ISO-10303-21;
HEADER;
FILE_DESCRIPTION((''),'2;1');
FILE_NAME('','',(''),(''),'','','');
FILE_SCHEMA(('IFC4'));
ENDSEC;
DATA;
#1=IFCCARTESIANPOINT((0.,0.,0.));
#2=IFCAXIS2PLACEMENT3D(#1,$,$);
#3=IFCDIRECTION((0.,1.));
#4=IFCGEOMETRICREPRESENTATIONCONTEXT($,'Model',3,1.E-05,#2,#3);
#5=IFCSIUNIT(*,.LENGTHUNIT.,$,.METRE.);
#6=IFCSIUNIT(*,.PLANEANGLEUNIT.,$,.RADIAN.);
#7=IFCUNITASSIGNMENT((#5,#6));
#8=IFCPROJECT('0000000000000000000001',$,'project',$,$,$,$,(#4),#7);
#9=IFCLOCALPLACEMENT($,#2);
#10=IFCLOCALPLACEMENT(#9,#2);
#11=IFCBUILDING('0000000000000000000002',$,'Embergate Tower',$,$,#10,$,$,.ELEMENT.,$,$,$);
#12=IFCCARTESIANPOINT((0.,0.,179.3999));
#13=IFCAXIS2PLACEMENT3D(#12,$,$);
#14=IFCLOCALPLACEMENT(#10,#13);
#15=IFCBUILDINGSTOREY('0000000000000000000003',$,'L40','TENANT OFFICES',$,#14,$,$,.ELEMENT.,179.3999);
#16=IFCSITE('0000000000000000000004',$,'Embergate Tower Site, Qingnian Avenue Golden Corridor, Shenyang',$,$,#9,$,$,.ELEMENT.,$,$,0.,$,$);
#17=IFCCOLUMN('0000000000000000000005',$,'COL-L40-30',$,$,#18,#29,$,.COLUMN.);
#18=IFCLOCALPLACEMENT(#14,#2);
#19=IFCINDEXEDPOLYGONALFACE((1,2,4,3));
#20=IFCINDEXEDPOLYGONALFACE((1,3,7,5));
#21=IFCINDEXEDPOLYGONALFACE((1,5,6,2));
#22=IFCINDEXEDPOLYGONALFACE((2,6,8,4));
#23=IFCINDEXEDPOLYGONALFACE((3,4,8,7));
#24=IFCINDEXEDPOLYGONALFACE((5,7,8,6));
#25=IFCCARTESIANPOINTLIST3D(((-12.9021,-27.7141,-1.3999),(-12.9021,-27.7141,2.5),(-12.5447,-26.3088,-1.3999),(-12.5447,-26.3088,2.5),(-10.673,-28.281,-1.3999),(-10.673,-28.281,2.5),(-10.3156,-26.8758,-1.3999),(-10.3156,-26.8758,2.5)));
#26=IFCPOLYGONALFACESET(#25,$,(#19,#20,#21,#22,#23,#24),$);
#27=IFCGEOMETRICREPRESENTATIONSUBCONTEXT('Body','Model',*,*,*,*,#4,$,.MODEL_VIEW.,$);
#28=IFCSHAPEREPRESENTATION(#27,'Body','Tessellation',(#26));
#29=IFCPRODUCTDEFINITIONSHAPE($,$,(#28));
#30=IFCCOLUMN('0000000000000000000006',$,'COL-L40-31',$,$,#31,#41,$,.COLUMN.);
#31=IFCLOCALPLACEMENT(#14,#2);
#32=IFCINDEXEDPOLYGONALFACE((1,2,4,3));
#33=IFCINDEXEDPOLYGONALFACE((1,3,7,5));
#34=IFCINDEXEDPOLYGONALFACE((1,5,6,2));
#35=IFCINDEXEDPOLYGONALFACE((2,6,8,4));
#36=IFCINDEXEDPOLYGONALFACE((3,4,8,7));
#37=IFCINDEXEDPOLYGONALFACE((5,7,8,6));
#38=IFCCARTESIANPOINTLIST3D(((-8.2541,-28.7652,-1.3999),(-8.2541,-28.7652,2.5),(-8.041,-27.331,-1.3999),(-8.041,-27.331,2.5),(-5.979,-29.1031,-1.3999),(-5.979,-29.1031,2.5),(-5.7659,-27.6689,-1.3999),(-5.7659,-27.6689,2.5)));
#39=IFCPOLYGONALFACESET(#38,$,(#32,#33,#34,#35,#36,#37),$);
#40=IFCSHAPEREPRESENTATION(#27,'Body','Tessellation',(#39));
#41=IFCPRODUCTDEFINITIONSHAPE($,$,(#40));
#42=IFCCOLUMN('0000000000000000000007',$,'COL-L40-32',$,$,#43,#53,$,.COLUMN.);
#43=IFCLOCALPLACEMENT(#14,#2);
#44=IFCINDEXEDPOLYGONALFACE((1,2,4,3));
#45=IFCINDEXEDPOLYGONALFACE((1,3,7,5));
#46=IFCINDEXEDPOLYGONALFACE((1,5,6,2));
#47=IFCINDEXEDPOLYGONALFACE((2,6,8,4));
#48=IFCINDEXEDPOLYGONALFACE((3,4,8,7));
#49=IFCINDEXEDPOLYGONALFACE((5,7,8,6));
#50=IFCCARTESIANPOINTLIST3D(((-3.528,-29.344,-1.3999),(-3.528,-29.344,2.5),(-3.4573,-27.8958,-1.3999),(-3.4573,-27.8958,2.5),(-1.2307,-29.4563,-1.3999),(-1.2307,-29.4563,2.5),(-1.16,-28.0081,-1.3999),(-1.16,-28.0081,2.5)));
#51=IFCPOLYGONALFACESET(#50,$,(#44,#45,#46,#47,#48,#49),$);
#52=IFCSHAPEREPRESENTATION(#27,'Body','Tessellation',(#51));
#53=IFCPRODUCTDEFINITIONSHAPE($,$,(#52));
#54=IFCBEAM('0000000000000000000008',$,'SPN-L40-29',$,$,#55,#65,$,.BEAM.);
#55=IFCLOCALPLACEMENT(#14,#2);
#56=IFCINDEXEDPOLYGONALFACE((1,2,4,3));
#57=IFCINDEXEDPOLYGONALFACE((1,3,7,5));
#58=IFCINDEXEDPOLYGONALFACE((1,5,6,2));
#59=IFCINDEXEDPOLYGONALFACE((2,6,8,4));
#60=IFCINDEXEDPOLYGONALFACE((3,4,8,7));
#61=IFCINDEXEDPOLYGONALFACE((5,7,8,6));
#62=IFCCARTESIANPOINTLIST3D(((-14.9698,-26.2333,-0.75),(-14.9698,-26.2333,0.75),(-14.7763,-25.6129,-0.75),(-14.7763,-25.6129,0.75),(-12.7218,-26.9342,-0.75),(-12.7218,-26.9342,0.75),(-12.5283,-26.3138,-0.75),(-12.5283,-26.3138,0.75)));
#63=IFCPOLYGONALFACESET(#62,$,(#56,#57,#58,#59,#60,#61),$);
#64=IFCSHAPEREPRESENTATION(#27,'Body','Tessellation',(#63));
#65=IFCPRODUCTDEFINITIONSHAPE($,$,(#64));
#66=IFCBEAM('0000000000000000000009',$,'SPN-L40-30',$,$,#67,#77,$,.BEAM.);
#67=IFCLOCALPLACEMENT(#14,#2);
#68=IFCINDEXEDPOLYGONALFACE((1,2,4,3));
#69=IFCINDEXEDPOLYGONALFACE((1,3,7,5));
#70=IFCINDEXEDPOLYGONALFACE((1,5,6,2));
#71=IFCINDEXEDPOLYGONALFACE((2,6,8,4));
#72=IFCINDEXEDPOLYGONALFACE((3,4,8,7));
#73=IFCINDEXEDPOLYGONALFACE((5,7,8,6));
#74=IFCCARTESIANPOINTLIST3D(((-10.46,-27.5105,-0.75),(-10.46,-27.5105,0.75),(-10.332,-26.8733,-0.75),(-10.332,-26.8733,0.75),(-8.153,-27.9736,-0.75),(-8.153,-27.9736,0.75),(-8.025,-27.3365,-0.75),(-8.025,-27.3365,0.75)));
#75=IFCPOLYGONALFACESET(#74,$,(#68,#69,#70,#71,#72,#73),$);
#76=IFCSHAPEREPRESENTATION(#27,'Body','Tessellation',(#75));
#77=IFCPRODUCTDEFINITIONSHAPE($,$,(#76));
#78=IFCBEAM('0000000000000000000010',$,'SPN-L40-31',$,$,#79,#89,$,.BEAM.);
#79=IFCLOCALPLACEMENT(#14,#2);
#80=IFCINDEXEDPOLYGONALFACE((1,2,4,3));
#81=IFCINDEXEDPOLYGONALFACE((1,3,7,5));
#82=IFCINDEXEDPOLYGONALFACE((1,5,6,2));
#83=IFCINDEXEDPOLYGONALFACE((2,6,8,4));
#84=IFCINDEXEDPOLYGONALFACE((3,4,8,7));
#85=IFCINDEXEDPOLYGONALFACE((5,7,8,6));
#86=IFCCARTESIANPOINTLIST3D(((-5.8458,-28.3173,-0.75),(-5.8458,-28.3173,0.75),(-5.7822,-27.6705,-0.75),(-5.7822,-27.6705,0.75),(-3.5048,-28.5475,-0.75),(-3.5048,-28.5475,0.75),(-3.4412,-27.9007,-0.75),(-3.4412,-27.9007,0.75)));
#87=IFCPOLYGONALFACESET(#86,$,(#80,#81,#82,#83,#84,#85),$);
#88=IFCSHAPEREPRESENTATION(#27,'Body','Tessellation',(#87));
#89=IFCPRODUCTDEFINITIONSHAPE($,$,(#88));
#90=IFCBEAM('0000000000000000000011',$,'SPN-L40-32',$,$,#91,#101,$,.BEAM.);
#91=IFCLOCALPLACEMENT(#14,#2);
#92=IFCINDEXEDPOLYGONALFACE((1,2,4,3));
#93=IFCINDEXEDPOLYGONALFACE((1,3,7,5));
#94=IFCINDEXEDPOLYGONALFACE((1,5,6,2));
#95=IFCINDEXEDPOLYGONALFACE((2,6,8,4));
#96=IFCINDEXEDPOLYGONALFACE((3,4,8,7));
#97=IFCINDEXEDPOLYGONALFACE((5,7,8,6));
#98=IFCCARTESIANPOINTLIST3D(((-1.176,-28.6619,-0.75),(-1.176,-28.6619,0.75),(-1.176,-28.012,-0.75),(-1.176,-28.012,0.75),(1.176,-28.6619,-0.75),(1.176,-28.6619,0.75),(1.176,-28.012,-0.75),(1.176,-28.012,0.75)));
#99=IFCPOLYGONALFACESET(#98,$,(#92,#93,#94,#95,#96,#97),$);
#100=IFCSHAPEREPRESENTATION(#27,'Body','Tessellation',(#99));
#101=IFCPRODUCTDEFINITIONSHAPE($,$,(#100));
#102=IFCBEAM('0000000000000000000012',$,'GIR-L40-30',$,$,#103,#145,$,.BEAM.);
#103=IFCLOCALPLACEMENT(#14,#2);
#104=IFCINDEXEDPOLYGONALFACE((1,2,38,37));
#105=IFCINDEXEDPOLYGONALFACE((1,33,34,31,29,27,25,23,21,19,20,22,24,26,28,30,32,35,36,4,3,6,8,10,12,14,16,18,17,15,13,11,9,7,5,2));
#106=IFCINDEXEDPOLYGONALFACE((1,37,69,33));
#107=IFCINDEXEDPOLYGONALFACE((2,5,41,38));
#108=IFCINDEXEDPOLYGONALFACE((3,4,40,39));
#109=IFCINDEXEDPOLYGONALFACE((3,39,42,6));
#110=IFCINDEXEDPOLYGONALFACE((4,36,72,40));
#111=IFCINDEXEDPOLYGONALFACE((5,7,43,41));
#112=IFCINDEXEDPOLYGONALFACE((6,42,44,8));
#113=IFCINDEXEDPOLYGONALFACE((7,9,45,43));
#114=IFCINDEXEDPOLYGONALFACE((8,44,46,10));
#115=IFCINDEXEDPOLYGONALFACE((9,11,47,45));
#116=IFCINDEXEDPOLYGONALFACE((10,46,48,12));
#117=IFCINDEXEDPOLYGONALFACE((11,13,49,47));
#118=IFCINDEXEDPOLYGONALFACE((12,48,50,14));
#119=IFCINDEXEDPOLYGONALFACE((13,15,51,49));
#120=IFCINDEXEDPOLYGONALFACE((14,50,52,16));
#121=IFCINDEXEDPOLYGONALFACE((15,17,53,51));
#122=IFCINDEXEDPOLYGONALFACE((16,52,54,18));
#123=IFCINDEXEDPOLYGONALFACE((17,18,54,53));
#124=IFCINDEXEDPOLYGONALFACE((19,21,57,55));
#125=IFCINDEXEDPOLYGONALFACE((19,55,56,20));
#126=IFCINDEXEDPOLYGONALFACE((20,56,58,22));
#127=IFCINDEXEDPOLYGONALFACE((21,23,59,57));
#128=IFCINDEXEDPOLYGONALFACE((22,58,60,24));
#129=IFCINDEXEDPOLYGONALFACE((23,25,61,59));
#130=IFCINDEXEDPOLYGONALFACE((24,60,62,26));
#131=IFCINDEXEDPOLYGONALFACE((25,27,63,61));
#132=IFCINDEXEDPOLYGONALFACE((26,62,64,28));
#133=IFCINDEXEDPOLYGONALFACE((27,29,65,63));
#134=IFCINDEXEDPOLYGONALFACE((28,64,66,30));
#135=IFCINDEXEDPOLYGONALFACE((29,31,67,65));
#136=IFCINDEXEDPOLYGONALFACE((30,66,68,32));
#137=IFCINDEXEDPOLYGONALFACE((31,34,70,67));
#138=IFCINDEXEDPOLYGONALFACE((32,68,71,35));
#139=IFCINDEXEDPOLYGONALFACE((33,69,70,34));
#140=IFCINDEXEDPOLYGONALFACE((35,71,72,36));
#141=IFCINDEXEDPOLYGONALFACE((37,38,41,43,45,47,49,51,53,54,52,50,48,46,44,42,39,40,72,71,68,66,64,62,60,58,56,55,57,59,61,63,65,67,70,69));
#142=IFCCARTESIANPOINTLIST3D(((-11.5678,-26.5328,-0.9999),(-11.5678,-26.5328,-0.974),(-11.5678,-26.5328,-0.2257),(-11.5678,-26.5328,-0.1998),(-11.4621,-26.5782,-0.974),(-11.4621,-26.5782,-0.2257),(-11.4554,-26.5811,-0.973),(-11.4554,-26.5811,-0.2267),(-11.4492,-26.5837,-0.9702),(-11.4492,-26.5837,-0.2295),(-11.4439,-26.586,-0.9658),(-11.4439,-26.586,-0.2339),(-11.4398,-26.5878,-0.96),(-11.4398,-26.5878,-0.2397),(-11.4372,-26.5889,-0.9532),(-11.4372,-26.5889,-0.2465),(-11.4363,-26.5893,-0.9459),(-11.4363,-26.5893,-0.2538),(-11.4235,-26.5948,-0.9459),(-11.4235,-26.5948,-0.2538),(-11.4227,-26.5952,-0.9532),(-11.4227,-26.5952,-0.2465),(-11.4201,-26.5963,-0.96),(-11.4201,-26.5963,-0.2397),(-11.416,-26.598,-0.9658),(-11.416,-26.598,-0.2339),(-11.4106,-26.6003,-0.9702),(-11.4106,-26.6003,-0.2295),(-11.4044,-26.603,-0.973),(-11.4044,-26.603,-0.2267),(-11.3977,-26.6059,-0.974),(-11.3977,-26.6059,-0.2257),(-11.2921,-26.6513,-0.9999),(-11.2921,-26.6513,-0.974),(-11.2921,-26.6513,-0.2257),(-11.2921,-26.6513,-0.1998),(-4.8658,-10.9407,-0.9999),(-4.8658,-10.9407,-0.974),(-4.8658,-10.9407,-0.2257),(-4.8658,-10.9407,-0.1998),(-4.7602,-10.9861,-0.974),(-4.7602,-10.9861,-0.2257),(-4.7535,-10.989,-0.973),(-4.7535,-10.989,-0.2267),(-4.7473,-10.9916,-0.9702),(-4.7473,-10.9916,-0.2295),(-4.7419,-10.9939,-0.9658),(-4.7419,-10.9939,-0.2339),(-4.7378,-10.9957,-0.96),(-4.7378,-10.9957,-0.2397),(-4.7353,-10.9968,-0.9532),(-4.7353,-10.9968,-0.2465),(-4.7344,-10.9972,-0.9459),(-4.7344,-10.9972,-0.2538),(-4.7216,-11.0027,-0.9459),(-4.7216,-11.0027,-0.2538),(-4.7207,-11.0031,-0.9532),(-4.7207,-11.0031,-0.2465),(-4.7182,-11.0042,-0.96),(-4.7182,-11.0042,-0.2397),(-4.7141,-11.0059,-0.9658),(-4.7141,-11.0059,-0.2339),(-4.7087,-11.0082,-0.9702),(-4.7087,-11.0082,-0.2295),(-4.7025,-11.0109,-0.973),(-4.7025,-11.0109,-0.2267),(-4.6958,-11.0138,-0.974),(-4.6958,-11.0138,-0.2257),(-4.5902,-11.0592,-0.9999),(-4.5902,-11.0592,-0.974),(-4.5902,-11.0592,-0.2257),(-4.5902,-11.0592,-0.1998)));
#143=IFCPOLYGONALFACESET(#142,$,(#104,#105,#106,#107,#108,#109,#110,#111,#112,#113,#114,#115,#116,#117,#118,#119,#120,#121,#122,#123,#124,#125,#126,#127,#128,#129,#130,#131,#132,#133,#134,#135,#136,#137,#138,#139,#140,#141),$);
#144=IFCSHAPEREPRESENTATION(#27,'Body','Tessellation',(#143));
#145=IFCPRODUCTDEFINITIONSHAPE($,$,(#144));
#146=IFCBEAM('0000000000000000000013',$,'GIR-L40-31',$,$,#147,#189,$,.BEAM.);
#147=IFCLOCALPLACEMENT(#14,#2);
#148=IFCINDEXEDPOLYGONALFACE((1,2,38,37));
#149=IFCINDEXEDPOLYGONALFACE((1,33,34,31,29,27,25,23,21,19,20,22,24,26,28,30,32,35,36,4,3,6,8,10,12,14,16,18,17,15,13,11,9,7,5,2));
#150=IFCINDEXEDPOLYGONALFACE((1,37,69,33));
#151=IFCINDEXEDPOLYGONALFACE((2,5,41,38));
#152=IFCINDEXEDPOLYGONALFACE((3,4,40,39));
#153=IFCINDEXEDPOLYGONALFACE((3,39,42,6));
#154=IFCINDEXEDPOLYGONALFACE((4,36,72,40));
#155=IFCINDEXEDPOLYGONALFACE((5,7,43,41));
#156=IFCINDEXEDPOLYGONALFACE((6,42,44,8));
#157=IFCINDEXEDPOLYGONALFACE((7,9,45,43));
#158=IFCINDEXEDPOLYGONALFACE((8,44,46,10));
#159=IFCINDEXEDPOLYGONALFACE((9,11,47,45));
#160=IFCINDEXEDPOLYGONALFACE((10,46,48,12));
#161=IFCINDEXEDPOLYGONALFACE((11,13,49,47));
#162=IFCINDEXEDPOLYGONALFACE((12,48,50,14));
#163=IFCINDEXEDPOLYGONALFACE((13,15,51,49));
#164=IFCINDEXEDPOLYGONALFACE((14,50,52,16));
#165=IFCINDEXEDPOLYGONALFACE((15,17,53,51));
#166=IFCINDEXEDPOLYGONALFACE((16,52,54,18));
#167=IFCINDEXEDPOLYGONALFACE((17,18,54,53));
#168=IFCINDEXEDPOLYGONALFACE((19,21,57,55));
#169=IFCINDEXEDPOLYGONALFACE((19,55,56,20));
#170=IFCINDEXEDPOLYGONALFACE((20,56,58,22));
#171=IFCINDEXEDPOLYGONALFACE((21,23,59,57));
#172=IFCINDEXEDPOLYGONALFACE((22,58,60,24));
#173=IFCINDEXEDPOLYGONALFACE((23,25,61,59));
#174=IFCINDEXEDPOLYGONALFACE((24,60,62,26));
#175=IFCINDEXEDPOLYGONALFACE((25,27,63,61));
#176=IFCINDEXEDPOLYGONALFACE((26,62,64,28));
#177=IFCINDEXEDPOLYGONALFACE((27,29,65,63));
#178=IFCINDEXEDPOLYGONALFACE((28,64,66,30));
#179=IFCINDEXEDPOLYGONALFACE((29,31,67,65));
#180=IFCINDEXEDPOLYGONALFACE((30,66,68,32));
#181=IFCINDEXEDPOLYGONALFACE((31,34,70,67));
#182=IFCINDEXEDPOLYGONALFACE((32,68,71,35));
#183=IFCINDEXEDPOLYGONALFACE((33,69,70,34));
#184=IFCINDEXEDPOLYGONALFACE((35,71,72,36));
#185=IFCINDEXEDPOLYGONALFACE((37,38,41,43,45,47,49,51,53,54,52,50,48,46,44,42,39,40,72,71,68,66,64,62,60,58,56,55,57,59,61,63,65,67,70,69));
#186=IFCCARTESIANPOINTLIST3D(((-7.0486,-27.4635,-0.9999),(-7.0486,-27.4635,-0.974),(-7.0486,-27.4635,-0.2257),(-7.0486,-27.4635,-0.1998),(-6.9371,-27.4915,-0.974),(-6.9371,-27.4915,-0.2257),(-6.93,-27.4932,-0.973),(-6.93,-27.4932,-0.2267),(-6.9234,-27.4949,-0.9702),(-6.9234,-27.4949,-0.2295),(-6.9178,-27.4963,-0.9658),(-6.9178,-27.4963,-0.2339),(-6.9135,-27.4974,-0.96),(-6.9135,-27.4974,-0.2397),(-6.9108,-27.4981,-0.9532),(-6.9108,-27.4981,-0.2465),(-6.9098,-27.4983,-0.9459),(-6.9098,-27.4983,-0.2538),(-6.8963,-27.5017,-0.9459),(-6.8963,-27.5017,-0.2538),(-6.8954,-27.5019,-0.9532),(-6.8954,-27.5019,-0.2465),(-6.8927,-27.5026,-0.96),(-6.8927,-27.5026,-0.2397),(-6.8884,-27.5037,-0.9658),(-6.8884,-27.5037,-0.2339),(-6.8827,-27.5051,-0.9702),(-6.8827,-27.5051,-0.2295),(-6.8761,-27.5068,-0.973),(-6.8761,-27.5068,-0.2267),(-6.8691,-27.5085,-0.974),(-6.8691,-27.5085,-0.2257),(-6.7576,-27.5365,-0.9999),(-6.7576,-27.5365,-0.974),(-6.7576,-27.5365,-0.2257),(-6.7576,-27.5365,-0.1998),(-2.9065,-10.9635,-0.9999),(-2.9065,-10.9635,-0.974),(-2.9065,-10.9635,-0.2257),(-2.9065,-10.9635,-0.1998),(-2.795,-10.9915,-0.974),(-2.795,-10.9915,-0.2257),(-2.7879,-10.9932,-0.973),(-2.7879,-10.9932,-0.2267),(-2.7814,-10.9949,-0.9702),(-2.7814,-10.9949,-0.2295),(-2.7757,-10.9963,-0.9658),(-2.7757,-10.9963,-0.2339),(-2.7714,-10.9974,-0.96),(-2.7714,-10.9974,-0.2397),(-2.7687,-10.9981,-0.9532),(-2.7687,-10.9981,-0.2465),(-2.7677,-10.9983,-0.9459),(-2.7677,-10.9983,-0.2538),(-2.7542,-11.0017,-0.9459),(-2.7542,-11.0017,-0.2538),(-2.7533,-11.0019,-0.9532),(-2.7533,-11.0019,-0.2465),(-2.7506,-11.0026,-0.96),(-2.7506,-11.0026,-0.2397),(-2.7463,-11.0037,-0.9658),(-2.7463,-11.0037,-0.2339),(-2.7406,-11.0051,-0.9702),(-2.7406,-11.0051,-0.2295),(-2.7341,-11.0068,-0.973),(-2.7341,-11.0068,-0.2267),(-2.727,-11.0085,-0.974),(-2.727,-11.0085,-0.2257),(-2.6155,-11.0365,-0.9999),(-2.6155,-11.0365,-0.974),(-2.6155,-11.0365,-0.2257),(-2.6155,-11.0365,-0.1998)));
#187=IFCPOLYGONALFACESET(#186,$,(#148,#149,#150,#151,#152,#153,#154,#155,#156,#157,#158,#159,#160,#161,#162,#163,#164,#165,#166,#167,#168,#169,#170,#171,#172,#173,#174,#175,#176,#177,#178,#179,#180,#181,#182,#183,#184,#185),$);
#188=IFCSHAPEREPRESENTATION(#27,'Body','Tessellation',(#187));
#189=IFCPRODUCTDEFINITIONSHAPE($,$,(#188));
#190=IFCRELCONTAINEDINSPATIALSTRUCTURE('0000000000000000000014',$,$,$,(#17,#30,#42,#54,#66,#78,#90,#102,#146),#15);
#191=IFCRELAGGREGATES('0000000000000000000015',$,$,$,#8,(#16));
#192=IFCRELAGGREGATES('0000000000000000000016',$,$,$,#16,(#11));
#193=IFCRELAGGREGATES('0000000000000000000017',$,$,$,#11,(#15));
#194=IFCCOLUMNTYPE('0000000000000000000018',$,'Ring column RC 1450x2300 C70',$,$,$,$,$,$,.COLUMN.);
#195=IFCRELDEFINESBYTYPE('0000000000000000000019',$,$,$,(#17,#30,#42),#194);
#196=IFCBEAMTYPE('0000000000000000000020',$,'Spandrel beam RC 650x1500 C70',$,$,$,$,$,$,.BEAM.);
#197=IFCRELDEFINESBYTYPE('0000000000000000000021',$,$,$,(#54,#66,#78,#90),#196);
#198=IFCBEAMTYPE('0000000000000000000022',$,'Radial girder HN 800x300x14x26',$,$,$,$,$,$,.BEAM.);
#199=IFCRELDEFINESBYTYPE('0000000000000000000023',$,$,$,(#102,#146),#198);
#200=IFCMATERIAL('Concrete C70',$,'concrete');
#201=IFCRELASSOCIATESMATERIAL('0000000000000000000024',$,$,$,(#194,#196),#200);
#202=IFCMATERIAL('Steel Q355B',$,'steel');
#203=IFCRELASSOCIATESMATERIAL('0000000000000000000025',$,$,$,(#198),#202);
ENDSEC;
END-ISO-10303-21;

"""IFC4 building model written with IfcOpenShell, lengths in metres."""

from ifc_helpers import new_model, si_unit, direction, frame, origin, origin_2d, place, context, subcontext, project, spatial, rectangle, i_section, extrude, source, transform, mapped, material, material_profile, profile_set, type_object, element, save


model = new_model("IFC4")

# Units and contexts
model_context = context("Model", 3, precision=1e-05, world=origin(), true_north=direction((0.0, 1.0)))
body_context = subcontext(model_context, "Body", "Model", "MODEL_VIEW")
ifc_project = project(units=[si_unit("LENGTHUNIT", "METRE"), si_unit("PLANEANGLEUNIT", "RADIAN")], contexts=[model_context])

# Site, building, storey
site_placement = place(None, origin())
site = spatial("IfcSite", under=ifc_project, at=site_placement, Name="Embergate Tower Site, Qingnian Avenue Golden Corridor, Shenyang", CompositionType="ELEMENT", RefElevation=0.0)
building_placement = place(site_placement, origin())
building = spatial("IfcBuilding", under=site, at=building_placement, Name="Embergate Tower", CompositionType="ELEMENT")
storey_placement = place(building_placement, frame((0.0, 0.0, 179.3999)))
storey = spatial("IfcBuildingStorey", under=building, at=storey_placement, Name="L40", Description="TENANT OFFICES", CompositionType="ELEMENT", Elevation=179.3999)

# Columns
ifc_material_1 = material(Name="Concrete C70", Category="concrete")
ifc_material_profile_1 = material_profile(ifc_material_1, rectangle(XDim=1.45, YDim=2.3, at=origin_2d()), Name="RC 1450x2300")
ifc_profile_set_1 = profile_set([ifc_material_profile_1], Name="Concrete C70")
column_type = type_object("IfcColumnType", Name="Ring column RC 1450x2300 C70", PredefinedType="COLUMN", material=ifc_profile_set_1)
shared_shape_1 = source(origin(), body_context, "Body", "SweptSolid", [
    extrude(rectangle(XDim=1.45, YDim=2.3, at=origin_2d()), origin(), (0.0, 0.0, 1.0), 3.8999),
])
for number, where, z_axis, x_axis, name in (
    (1, (-11.6089, -27.2949, -1.3999), (0.0, 0.0, 1.0), (-0.246492, -0.969145, 0.0), "COL-L40-30"),
    (2, (-7.01, -28.217, -1.3999), (0.0, 0.0, 1.0), (-0.146929, -0.989147, 0.0), "COL-L40-31"),
    (3, (-2.344, -28.676, -1.3999), (0.0, 0.0, 1.0), (-0.048815, -0.998808, 0.0), "COL-L40-32"),
):
    element("IfcColumn", number, at=place(storey_placement, frame(where, z_axis=z_axis, x_axis=x_axis)), inside=storey, type_object=column_type, Name=name, PredefinedType="COLUMN", context=body_context, shape_type="MappedRepresentation", body=[
        mapped(shared_shape_1, transform((0.0, 0.0, 0.0))),
    ])

# Beams
ifc_material_profile_2 = material_profile(ifc_material_1, rectangle(XDim=0.6499, YDim=1.5, at=origin_2d()), Name="RC 650x1500")
ifc_profile_set_2 = profile_set([ifc_material_profile_2], Name="Concrete C70")
beam_type_1 = type_object("IfcBeamType", Name="Spandrel beam RC 650x1500 C70", PredefinedType="BEAM", material=ifc_profile_set_2)
shared_shape_2 = source(origin(), body_context, "Body", "SweptSolid", [
    extrude(rectangle(XDim=0.6499, YDim=1.5, at=origin_2d()), origin(), (0.0, 0.0, 1.0), 2.3547),
])
beam_1_placement = place(storey_placement, frame((-14.873, -25.9231, 0.0), z_axis=(0.954672, -0.297661, 0.0), x_axis=(0.297661, 0.954672, 0.0)))
element("IfcBeam", 4, at=beam_1_placement, inside=storey, type_object=beam_type_1, Name="SPN-L40-29", PredefinedType="BEAM", context=body_context, shape_type="MappedRepresentation", body=[
    mapped(shared_shape_2, transform((0.0, 0.0, 0.0))),
])
shared_shape_3 = source(origin(), body_context, "Body", "SweptSolid", [
    extrude(rectangle(XDim=0.6499, YDim=1.5, at=origin_2d()), origin(), (0.0, 0.0, 1.0), 2.353),
])
beam_2_placement = place(storey_placement, frame((-10.396, -27.1919, 0.0), z_axis=(0.980437, -0.196834, 0.0), x_axis=(0.196834, 0.980437, 0.0)))
element("IfcBeam", 5, at=beam_2_placement, inside=storey, type_object=beam_type_1, Name="SPN-L40-30", PredefinedType="BEAM", context=body_context, shape_type="MappedRepresentation", body=[
    mapped(shared_shape_3, transform((0.0, 0.0, 0.0))),
])
shared_shape_4 = source(origin(), body_context, "Body", "SweptSolid", [
    extrude(rectangle(XDim=0.6499, YDim=1.5, at=origin_2d()), origin(), (0.0, 0.0, 1.0), 2.3523),
])
beam_3_placement = place(storey_placement, frame((-5.814, -27.9939, 0.0), z_axis=(0.995199, -0.09787, 0.0), x_axis=(0.09787, 0.995199, 0.0)))
element("IfcBeam", 6, at=beam_3_placement, inside=storey, type_object=beam_type_1, Name="SPN-L40-31", PredefinedType="BEAM", context=body_context, shape_type="MappedRepresentation", body=[
    mapped(shared_shape_4, transform((0.0, 0.0, 0.0))),
])
shared_shape_5 = source(origin(), body_context, "Body", "SweptSolid", [
    extrude(rectangle(XDim=0.6499, YDim=1.5, at=origin_2d()), origin(), (0.0, 0.0, 1.0), 2.3521),
])
beam_4_placement = place(storey_placement, frame((-1.176, -28.3369, 0.0), z_axis=(1.0, 0.0, 0.0), x_axis=(0.0, 1.0, 0.0)))
element("IfcBeam", 7, at=beam_4_placement, inside=storey, type_object=beam_type_1, Name="SPN-L40-32", PredefinedType="BEAM", context=body_context, shape_type="MappedRepresentation", body=[
    mapped(shared_shape_5, transform((0.0, 0.0, 0.0))),
])
ifc_material_2 = material(Name="Steel Q355B", Category="steel")
ifc_material_profile_3 = material_profile(ifc_material_2, i_section(OverallWidth=0.3, OverallDepth=0.8, WebThickness=0.0139, FlangeThickness=0.0259, FilletRadius=0.0281, at=origin_2d()), Name="HN 800x300x14x26")
ifc_profile_set_3 = profile_set([ifc_material_profile_3], Name="Steel Q355 grade B")
beam_type_2 = type_object("IfcBeamType", Name="Radial girder HN 800x300x14x26", PredefinedType="BEAM", material=ifc_profile_set_3)
shared_shape_6 = source(origin(), body_context, "Body", "SweptSolid", [
    extrude(i_section(OverallWidth=0.3, OverallDepth=0.8, WebThickness=0.0139, FlangeThickness=0.0259, FilletRadius=0.0281, at=origin_2d()), origin(), (0.0, 0.0, 1.0), 16.9714),
])
beam_5_placement = place(storey_placement, frame((-11.4299, -26.592, -0.5999), z_axis=(0.394895, 0.918726, 0.0), x_axis=(-0.918726, 0.394895, 0.0)))
element("IfcBeam", 8, at=beam_5_placement, inside=storey, type_object=beam_type_2, Name="GIR-L40-30", PredefinedType="BEAM", context=body_context, shape_type="MappedRepresentation", body=[
    mapped(shared_shape_6, transform((0.0, 0.0, 0.0))),
])
shared_shape_7 = source(origin(), body_context, "Body", "SweptSolid", [
    extrude(i_section(OverallWidth=0.3, OverallDepth=0.8, WebThickness=0.0139, FlangeThickness=0.0259, FilletRadius=0.0281, at=origin_2d()), origin(), (0.0, 0.0, 1.0), 17.012),
])
beam_6_placement = place(storey_placement, frame((-6.9031, -27.5, -0.5999), z_axis=(0.243481, 0.969906, 0.0), x_axis=(-0.969906, 0.243481, 0.0)))
element("IfcBeam", 9, at=beam_6_placement, inside=storey, type_object=beam_type_2, Name="GIR-L40-31", PredefinedType="BEAM", context=body_context, shape_type="MappedRepresentation", body=[
    mapped(shared_shape_7, transform((0.0, 0.0, 0.0))),
])

save(model, "model.ifc")
